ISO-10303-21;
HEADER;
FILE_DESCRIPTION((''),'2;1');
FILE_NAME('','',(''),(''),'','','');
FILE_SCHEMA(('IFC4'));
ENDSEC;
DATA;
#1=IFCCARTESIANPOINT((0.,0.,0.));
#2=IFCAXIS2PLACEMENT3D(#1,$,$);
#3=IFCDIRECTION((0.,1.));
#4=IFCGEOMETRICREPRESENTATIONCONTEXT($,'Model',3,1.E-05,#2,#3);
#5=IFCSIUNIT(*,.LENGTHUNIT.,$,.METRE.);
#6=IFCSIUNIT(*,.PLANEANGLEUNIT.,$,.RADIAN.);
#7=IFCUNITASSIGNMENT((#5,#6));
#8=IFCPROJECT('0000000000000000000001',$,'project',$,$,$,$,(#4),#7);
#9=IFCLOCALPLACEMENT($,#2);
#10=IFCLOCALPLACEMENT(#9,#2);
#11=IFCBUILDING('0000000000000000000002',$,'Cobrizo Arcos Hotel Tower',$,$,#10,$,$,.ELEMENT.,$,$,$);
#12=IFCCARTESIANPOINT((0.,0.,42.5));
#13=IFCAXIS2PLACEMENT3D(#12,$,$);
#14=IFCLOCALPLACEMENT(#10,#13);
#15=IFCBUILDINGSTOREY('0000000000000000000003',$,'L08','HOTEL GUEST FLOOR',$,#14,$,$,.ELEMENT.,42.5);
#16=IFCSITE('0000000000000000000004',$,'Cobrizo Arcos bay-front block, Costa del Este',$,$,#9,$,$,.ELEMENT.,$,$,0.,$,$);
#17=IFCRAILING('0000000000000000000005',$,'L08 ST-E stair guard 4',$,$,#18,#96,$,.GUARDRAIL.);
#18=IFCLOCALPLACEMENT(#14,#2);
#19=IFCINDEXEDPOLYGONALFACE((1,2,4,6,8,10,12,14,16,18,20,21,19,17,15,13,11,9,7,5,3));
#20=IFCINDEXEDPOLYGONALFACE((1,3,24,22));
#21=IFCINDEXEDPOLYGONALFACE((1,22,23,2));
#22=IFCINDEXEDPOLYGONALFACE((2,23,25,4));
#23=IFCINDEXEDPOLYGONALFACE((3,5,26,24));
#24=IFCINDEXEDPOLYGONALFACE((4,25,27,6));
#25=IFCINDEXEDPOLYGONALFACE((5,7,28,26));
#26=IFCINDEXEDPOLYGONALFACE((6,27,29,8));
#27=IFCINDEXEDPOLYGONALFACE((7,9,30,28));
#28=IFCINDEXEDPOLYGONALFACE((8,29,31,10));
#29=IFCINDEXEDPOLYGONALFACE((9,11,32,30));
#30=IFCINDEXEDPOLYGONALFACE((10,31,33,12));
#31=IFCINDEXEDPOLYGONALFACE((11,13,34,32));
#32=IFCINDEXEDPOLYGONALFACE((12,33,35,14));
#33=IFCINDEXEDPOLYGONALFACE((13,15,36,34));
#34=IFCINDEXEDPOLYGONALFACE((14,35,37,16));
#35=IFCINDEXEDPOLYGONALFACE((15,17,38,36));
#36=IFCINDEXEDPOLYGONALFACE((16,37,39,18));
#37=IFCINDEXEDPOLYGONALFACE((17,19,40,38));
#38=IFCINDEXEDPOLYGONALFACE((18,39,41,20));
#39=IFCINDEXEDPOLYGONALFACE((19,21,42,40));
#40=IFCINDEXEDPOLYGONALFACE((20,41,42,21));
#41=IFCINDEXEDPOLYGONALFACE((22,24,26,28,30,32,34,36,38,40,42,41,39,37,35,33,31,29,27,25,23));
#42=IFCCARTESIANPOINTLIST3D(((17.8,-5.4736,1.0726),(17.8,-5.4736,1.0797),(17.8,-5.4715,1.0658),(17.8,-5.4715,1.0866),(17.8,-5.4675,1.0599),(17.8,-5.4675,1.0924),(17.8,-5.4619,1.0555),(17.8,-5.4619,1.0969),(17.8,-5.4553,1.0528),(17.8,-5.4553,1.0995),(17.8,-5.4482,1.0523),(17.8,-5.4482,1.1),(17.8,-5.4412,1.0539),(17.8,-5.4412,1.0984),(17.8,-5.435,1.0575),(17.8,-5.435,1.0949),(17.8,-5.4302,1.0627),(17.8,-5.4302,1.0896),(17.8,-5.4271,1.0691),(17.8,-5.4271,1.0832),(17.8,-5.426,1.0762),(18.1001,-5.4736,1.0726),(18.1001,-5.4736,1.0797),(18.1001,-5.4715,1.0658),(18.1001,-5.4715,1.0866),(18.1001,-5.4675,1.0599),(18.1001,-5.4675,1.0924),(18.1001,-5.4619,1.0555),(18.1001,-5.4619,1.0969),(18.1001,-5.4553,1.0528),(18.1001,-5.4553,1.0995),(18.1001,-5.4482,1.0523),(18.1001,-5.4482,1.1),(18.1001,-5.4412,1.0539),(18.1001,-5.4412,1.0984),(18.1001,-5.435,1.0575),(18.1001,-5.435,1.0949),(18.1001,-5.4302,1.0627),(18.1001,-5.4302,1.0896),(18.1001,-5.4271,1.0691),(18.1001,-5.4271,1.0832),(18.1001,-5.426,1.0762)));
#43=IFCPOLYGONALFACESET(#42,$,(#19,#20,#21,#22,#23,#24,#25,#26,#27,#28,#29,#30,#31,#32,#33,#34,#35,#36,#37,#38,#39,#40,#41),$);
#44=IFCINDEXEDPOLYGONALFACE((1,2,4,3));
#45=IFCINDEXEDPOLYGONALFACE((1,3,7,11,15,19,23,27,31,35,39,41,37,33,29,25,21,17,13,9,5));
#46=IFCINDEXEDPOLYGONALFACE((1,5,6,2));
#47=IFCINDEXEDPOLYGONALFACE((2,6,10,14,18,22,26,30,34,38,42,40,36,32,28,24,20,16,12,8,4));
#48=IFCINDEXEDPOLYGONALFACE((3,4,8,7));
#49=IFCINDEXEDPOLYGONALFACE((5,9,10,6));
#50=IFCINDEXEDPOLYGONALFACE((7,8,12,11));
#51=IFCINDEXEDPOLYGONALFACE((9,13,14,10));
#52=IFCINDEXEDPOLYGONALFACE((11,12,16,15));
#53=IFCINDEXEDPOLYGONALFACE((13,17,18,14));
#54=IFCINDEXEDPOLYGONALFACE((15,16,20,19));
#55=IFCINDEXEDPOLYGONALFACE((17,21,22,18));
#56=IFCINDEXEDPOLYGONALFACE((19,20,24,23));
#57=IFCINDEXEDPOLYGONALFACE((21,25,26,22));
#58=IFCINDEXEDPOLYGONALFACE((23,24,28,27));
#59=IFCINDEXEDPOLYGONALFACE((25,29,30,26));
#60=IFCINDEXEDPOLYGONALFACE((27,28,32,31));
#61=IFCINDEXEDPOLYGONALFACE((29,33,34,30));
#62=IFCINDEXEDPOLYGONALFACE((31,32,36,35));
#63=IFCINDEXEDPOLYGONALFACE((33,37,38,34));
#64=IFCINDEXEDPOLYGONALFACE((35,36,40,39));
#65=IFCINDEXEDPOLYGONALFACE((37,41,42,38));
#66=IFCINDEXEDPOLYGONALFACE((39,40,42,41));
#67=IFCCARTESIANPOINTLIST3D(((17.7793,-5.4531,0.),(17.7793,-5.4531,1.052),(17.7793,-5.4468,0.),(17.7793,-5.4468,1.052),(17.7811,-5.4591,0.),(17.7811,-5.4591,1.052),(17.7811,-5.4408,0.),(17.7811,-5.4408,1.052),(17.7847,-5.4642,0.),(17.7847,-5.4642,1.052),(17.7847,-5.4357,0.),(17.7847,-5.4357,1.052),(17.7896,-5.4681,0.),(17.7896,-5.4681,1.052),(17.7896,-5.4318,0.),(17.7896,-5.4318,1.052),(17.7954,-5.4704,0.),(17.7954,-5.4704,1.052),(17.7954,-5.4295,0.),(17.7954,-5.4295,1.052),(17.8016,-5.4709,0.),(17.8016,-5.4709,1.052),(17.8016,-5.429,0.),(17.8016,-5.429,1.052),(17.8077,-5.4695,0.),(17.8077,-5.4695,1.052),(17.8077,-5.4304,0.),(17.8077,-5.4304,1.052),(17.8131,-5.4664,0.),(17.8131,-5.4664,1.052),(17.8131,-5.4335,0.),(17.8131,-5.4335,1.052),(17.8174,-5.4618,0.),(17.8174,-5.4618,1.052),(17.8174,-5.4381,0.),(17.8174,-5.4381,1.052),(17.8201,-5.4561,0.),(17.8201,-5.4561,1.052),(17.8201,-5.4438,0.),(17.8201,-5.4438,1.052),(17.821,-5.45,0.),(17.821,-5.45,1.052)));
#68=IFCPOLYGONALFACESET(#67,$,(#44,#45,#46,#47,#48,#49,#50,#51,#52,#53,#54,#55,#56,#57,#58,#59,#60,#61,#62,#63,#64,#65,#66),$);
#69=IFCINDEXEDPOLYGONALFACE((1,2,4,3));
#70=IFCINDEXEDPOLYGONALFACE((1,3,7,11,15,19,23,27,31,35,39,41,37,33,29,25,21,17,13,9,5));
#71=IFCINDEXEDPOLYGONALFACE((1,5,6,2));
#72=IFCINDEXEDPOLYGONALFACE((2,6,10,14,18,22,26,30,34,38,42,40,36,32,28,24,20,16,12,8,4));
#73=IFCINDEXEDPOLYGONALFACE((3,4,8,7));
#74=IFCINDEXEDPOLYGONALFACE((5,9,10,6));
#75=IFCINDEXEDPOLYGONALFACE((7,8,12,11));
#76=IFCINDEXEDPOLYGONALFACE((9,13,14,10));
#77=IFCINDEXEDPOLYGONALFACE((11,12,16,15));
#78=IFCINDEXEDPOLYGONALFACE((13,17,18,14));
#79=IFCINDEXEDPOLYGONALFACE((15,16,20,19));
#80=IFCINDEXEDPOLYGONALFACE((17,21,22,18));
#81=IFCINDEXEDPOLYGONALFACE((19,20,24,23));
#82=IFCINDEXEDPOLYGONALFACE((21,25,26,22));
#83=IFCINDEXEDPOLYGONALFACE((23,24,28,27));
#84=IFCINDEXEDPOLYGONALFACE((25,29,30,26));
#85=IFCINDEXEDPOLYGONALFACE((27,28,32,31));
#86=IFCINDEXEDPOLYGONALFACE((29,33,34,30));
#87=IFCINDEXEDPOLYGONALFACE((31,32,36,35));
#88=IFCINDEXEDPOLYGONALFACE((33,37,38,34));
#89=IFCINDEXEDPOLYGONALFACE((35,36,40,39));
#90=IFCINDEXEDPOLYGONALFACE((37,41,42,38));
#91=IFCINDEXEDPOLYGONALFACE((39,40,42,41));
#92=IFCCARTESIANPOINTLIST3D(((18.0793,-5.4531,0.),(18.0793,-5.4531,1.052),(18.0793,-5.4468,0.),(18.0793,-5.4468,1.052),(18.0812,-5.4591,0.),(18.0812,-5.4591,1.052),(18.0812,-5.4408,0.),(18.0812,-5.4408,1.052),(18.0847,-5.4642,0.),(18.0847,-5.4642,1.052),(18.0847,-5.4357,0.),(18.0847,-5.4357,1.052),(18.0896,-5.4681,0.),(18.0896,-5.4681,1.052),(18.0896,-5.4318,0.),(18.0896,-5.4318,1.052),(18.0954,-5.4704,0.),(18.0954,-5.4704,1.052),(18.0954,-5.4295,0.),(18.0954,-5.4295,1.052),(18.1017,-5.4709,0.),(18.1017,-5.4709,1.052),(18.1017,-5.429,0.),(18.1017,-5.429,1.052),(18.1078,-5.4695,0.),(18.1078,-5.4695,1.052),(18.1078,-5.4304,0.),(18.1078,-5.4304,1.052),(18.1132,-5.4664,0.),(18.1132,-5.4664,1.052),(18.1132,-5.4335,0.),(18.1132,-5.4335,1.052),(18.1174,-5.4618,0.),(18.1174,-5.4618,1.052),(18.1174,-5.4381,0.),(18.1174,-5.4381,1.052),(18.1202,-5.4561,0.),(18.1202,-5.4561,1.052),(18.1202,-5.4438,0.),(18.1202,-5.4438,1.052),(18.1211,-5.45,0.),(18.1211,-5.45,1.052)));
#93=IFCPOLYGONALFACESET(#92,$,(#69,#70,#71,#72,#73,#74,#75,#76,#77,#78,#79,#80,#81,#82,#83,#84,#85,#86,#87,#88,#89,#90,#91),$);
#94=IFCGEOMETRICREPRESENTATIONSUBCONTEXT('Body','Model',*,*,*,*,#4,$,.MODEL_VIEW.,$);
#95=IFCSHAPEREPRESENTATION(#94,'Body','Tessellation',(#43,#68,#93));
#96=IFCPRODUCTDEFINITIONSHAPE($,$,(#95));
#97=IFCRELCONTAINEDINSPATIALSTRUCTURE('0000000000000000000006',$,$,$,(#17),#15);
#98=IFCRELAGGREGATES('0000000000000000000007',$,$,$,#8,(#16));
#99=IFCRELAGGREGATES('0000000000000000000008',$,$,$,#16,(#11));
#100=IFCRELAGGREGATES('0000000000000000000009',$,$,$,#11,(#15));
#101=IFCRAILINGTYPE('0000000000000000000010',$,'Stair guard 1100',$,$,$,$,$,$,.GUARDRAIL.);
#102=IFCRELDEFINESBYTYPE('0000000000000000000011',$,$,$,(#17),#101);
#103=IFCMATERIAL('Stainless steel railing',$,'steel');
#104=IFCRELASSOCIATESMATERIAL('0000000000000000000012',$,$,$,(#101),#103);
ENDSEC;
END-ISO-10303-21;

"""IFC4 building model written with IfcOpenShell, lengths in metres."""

from ifc_helpers import new_model, si_unit, direction, frame, origin, origin_2d, place, context, subcontext, project, spatial, circle, extrude, material, type_object, element, save


model = new_model("IFC4")

# Units and contexts
model_context = context("Model", 3, precision=1e-05, world=origin(), true_north=direction((0.0, 1.0)))
body_context = subcontext(model_context, "Body", "Model", "MODEL_VIEW")
ifc_project = project(units=[si_unit("LENGTHUNIT", "METRE"), si_unit("PLANEANGLEUNIT", "RADIAN")], contexts=[model_context])

# Site, building, storey
site_placement = place(None, origin())
site = spatial("IfcSite", under=ifc_project, at=site_placement, Name="Cobrizo Arcos bay-front block, Costa del Este", CompositionType="ELEMENT", RefElevation=0.0)
building_placement = place(site_placement, origin())
building = spatial("IfcBuilding", under=site, at=building_placement, Name="Cobrizo Arcos Hotel Tower", CompositionType="ELEMENT")
storey_placement = place(building_placement, frame((0.0, 0.0, 42.5)))
storey = spatial("IfcBuildingStorey", under=building, at=storey_placement, Name="L08", Description="HOTEL GUEST FLOOR", CompositionType="ELEMENT", Elevation=42.5)

# Railing
ifc_material_1 = material(Name="Stainless steel railing", Category="steel")
railing_type_1 = type_object("IfcRailingType", Name="Stair guard 1100", PredefinedType="GUARDRAIL", material=ifc_material_1)
railing_1_placement = place(storey_placement, frame((17.8, -5.45, 0.0)))
element("IfcRailing", 1, at=railing_1_placement, inside=storey, type_object=railing_type_1, Name="L08 ST-E stair guard 4", PredefinedType="GUARDRAIL", context=body_context, shape_type="SweptSolid", body=[
    extrude(circle(Radius=0.0239, at=origin_2d()), frame((0.0, 0.0, 1.0762), z_axis=(1.0, 0.0, 0.0), x_axis=(0.0, 1.0, 0.0)), (0.0, 0.0, 1.0), 0.3),
    extrude(circle(Radius=0.021, at=origin_2d()), origin(), (0.0, 0.0, 1.0), 1.052),
    extrude(circle(Radius=0.021, at=origin_2d()), frame((0.3, 0.0, 0.0)), (0.0, 0.0, 1.0), 1.052),
])

save(model, "model.ifc")
